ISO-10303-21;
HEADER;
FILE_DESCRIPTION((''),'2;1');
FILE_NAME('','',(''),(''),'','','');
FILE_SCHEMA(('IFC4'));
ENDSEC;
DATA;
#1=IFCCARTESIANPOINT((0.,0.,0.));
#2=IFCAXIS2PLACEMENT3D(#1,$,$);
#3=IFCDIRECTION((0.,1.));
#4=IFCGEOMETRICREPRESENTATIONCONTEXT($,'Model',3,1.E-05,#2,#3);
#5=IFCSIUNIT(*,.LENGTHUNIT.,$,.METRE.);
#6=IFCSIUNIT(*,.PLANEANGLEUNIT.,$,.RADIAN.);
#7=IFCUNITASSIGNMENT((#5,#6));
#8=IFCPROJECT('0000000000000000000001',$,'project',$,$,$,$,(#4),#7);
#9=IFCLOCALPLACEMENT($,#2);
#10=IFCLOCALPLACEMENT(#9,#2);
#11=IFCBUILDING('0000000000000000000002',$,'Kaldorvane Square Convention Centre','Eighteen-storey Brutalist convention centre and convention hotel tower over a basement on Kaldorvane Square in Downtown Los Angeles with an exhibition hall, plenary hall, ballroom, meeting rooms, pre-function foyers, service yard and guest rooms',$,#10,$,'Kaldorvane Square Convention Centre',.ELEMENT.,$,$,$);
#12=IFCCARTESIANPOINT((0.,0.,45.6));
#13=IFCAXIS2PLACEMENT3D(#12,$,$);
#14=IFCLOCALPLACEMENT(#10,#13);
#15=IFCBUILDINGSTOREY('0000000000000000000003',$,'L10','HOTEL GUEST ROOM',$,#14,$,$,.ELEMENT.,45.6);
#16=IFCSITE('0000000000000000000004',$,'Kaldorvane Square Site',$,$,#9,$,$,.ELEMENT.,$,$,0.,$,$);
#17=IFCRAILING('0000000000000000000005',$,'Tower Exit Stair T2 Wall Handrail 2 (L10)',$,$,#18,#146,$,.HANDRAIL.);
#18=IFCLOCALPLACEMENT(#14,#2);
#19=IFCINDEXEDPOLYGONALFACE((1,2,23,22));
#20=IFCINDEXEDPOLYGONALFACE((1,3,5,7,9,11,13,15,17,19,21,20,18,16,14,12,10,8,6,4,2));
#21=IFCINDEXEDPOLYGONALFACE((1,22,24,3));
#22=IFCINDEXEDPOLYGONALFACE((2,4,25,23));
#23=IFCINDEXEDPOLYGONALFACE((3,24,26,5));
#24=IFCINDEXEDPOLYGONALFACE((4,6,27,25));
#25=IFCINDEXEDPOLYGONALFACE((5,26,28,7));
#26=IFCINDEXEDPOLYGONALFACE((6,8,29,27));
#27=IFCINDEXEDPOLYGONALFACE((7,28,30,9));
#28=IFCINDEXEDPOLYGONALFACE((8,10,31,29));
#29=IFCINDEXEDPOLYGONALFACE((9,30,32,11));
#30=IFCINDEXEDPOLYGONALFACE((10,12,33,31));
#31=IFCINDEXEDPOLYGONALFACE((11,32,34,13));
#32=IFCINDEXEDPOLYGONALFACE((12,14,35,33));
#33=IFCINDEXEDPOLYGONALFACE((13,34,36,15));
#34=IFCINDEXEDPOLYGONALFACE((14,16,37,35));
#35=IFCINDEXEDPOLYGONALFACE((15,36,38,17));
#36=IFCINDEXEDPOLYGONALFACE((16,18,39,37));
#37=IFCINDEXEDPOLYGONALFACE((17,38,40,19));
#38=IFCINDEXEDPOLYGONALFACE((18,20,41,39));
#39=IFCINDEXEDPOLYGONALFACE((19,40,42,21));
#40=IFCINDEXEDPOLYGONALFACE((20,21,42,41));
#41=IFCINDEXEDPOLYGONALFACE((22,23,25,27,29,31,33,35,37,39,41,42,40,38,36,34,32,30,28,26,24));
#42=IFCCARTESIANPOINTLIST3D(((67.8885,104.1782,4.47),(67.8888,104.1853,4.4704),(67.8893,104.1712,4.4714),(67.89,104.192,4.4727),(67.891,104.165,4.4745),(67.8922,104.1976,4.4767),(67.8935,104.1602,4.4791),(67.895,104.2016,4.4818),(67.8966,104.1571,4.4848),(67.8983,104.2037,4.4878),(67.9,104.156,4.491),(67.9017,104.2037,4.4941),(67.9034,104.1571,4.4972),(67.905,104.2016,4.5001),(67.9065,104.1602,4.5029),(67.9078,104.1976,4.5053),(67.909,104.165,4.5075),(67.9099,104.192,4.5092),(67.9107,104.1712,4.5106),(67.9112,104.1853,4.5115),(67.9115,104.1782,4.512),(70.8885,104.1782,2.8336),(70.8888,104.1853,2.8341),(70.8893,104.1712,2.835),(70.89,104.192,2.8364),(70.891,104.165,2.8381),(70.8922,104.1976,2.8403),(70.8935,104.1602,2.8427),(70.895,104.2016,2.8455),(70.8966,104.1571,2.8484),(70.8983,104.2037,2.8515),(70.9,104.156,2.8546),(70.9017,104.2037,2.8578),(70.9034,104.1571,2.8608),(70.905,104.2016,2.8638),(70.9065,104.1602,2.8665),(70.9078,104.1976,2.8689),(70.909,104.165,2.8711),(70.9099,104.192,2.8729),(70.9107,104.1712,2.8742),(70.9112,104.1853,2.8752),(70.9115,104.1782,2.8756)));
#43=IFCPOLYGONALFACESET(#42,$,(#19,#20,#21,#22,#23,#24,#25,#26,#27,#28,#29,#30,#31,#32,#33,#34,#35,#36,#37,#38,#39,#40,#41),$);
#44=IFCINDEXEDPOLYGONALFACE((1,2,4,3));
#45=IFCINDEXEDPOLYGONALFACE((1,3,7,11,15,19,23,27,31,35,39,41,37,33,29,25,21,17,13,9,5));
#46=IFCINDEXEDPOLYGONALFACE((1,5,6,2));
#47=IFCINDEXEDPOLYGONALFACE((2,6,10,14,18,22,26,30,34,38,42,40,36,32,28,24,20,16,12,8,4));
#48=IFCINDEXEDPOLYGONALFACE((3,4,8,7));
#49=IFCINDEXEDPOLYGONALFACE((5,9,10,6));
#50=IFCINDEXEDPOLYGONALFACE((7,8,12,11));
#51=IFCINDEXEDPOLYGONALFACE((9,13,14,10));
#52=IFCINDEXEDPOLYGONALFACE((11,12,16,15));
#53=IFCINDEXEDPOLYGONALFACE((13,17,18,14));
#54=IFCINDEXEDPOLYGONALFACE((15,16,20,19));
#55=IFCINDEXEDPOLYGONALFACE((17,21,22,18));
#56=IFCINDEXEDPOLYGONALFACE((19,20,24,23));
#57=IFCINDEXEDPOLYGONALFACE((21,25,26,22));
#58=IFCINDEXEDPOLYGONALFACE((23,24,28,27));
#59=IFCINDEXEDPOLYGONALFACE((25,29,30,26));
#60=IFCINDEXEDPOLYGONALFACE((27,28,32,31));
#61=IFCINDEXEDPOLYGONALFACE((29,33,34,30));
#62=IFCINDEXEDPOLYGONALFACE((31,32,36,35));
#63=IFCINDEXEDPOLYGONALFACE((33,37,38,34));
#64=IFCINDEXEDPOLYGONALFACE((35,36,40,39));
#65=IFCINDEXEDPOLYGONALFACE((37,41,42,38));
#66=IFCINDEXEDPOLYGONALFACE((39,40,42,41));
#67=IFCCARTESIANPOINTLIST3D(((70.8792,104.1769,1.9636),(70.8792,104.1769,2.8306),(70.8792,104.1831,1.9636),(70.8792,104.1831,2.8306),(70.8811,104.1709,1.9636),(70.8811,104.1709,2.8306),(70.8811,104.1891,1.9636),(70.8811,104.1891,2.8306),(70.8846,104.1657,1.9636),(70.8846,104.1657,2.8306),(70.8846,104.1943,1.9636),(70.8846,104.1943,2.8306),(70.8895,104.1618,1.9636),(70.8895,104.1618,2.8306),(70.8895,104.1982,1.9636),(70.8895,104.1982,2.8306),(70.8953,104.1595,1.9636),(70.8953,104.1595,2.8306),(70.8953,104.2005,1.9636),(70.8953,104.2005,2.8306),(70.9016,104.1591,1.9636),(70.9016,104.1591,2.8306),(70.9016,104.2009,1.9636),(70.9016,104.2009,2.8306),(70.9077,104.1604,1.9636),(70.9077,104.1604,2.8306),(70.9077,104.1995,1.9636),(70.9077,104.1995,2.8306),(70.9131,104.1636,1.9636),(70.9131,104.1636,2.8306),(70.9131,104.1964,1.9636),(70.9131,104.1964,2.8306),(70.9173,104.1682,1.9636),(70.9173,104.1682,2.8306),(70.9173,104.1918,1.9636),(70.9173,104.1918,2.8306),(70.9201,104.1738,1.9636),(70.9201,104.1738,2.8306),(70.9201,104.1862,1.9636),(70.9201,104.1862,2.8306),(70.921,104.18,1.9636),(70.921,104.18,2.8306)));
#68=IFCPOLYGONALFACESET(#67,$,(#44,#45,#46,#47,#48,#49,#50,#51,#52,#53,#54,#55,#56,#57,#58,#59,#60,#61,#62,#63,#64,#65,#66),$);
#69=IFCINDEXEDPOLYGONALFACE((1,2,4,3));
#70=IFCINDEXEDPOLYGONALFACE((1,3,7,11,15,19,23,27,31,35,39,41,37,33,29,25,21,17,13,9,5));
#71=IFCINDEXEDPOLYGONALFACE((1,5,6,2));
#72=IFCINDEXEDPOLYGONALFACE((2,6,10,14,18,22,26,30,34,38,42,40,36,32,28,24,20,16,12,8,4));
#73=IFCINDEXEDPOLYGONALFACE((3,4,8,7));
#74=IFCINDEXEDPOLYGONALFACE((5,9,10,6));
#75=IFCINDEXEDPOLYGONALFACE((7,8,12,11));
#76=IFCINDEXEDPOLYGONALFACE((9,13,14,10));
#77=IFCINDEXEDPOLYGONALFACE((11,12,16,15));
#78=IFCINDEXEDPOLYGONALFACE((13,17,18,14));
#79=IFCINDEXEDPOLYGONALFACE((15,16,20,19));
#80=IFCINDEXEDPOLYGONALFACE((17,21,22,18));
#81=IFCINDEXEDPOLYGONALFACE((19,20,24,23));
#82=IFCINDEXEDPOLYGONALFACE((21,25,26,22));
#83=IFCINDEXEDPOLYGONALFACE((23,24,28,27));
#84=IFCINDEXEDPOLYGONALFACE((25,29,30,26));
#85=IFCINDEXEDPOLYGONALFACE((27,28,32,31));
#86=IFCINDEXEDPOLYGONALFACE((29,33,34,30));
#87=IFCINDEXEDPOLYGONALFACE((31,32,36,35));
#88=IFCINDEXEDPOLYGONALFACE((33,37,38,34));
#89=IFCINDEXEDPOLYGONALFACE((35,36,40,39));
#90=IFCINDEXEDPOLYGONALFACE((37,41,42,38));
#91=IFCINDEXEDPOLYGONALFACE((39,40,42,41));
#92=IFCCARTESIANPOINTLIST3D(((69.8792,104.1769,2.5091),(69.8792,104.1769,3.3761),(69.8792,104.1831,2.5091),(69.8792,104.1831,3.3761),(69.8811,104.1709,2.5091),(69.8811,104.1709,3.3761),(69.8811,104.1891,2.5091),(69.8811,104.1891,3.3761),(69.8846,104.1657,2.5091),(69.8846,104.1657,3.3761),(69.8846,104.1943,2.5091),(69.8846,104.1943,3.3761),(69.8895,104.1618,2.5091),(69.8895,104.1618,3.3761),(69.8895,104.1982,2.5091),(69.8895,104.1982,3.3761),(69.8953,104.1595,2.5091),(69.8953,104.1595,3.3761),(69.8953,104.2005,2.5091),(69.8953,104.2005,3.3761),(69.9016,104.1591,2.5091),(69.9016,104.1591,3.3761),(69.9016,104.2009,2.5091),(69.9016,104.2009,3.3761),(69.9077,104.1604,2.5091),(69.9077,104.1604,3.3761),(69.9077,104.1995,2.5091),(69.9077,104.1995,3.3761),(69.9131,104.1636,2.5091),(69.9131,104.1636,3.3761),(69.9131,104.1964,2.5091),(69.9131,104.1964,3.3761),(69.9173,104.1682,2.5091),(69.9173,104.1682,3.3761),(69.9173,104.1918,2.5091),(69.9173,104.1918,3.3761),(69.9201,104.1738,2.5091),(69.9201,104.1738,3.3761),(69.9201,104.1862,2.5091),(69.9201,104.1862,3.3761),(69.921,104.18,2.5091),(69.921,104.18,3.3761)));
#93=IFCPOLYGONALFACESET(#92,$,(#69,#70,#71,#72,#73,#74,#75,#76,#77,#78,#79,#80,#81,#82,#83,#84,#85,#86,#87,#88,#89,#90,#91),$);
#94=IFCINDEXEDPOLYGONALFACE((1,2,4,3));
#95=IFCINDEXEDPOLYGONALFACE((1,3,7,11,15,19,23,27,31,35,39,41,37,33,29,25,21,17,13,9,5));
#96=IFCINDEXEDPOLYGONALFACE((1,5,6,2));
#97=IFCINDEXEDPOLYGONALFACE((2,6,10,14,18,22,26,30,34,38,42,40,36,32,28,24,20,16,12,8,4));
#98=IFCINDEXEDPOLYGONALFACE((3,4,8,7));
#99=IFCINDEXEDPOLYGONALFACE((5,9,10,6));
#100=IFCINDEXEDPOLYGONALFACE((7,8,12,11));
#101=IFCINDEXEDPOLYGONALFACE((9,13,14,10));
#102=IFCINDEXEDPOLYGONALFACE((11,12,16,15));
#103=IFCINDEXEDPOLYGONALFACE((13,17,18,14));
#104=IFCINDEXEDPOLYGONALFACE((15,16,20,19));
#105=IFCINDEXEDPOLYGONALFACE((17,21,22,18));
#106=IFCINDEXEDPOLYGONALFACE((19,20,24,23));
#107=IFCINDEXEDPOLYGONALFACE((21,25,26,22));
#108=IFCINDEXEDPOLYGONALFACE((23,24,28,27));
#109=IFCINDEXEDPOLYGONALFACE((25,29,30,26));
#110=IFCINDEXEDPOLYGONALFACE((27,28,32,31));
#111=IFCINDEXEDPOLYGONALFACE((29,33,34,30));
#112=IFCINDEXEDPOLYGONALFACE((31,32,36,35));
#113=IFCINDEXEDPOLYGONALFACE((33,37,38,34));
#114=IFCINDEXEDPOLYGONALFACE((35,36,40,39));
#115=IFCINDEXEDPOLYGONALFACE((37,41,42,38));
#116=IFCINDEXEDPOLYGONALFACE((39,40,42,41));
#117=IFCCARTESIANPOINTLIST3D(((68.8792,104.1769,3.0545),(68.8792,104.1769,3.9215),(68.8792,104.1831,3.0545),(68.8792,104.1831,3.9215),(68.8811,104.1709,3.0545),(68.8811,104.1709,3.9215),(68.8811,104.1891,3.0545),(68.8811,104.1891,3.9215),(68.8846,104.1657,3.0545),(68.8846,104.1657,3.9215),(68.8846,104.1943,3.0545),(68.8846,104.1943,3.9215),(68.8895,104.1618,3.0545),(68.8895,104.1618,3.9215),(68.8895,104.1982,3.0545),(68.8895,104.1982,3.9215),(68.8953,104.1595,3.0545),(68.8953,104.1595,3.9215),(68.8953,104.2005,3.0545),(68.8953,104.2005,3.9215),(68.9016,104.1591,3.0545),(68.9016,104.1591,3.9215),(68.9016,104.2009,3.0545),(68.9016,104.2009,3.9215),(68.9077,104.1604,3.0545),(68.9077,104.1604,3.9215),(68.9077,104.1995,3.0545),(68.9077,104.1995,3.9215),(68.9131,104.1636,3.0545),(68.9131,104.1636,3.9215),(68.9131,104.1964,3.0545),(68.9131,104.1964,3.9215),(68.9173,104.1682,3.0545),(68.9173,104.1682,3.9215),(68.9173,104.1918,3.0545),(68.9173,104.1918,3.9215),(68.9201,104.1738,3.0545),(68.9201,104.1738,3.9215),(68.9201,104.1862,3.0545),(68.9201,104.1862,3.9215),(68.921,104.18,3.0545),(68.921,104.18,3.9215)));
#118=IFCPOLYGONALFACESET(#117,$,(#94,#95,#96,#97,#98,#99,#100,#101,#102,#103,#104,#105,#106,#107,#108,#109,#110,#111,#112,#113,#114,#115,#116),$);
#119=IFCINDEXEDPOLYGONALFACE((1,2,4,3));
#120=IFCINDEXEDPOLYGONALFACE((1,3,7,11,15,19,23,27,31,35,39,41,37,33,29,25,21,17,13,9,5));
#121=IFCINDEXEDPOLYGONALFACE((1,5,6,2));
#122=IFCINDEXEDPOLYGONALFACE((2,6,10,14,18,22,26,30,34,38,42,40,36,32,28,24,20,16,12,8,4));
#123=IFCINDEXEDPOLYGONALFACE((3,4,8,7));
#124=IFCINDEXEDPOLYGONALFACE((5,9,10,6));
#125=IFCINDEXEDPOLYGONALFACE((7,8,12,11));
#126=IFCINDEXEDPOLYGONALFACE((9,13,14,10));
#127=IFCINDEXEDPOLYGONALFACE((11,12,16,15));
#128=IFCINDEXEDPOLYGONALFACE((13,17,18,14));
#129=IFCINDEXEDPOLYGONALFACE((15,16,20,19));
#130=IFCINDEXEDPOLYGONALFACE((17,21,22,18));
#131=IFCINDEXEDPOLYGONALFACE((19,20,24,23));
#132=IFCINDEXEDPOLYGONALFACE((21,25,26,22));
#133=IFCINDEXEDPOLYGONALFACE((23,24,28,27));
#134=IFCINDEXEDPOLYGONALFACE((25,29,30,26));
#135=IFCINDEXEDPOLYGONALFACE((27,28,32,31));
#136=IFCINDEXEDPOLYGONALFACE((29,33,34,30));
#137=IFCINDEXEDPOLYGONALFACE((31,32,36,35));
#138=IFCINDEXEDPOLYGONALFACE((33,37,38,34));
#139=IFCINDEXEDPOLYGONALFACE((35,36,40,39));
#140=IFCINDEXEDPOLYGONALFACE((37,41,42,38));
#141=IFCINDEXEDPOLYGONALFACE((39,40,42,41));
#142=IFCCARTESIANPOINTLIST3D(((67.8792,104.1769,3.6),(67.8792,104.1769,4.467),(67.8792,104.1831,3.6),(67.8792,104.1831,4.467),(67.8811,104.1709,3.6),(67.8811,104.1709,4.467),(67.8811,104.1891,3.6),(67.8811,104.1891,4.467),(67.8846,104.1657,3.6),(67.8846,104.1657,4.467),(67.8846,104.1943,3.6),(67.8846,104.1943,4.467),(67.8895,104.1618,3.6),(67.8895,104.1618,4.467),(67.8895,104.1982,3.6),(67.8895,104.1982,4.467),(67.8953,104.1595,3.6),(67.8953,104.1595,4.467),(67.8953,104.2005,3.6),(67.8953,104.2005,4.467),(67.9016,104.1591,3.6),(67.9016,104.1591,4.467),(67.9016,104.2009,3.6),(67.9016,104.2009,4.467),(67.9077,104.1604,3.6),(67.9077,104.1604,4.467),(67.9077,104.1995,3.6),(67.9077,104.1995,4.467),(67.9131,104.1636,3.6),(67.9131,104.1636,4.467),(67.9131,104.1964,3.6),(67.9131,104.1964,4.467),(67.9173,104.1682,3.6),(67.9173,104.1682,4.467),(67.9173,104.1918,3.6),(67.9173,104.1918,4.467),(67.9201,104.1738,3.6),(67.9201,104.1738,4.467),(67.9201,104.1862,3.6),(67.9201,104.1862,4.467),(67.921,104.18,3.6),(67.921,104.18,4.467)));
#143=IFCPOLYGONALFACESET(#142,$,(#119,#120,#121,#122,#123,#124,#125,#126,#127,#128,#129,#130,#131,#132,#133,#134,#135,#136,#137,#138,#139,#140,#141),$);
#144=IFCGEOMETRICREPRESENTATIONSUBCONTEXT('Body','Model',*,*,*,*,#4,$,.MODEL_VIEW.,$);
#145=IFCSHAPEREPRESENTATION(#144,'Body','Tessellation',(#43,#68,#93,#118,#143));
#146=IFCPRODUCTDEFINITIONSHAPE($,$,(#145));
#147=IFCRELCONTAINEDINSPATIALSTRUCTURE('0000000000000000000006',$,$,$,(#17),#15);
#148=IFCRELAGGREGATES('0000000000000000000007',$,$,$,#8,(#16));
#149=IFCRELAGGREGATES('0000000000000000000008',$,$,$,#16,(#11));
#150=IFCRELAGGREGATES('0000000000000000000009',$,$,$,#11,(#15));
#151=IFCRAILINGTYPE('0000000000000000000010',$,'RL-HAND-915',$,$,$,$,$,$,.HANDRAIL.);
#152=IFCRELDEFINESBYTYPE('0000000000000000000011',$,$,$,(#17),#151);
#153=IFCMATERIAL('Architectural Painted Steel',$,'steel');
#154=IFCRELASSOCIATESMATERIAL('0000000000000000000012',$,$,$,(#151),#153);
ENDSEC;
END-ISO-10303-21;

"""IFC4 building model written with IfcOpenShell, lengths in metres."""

from ifc_helpers import new_model, si_unit, direction, frame, origin, origin_2d, place, context, subcontext, project, spatial, circle, extrude, material, type_object, element, save


model = new_model("IFC4")

# Units and contexts
model_context = context("Model", 3, precision=1e-05, world=origin(), true_north=direction((0.0, 1.0)))
body_context = subcontext(model_context, "Body", "Model", "MODEL_VIEW")
ifc_project = project(units=[si_unit("LENGTHUNIT", "METRE"), si_unit("PLANEANGLEUNIT", "RADIAN")], contexts=[model_context])

# Site, building, storey
site_placement = place(None, origin())
site = spatial("IfcSite", under=ifc_project, at=site_placement, Name="Kaldorvane Square Site", CompositionType="ELEMENT", RefElevation=0.0)
building_placement = place(site_placement, origin())
building = spatial("IfcBuilding", under=site, at=building_placement, Name="Kaldorvane Square Convention Centre", Description="Eighteen-storey Brutalist convention centre and convention hotel tower over a basement on Kaldorvane Square in Downtown Los Angeles with an exhibition hall, plenary hall, ballroom, meeting rooms, pre-function foyers, service yard and guest rooms", LongName="Kaldorvane Square Convention Centre", CompositionType="ELEMENT")
storey_placement = place(building_placement, frame((0.0, 0.0, 45.6)))
storey = spatial("IfcBuildingStorey", under=building, at=storey_placement, Name="L10", Description="HOTEL GUEST ROOM", CompositionType="ELEMENT", Elevation=45.6)

# Railing
ifc_material_1 = material(Name="Architectural Painted Steel", Category="steel")
railing_type_1 = type_object("IfcRailingType", Name="RL-HAND-915", PredefinedType="HANDRAIL", material=ifc_material_1)
railing_1_placement = place(storey_placement, frame((70.9, 104.18, 1.9636)))
element("IfcRailing", 1, at=railing_1_placement, inside=storey, type_object=railing_type_1, Name="Tower Exit Stair T2 Wall Handrail 2 (L10)", PredefinedType="HANDRAIL", context=body_context, shape_type="SweptSolid", body=[
    extrude(circle(Radius=0.024, at=origin_2d()), frame((0.0, 0.0, 0.891), z_axis=(-0.877895, 0.0, 0.478853), x_axis=(0.0, -1.0, 0.0)), (0.0, 0.0, 1.0), 3.4173),
    extrude(circle(Radius=0.021, at=origin_2d()), origin(), (0.0, 0.0, 1.0), 0.867),
    extrude(circle(Radius=0.021, at=origin_2d()), frame((-1.0, 0.0, 0.5455)), (0.0, 0.0, 1.0), 0.867),
    extrude(circle(Radius=0.021, at=origin_2d()), frame((-2.0, 0.0, 1.0909)), (0.0, 0.0, 1.0), 0.867),
    extrude(circle(Radius=0.021, at=origin_2d()), frame((-3.0, 0.0, 1.6364)), (0.0, 0.0, 1.0), 0.867),
])

save(model, "model.ifc")
